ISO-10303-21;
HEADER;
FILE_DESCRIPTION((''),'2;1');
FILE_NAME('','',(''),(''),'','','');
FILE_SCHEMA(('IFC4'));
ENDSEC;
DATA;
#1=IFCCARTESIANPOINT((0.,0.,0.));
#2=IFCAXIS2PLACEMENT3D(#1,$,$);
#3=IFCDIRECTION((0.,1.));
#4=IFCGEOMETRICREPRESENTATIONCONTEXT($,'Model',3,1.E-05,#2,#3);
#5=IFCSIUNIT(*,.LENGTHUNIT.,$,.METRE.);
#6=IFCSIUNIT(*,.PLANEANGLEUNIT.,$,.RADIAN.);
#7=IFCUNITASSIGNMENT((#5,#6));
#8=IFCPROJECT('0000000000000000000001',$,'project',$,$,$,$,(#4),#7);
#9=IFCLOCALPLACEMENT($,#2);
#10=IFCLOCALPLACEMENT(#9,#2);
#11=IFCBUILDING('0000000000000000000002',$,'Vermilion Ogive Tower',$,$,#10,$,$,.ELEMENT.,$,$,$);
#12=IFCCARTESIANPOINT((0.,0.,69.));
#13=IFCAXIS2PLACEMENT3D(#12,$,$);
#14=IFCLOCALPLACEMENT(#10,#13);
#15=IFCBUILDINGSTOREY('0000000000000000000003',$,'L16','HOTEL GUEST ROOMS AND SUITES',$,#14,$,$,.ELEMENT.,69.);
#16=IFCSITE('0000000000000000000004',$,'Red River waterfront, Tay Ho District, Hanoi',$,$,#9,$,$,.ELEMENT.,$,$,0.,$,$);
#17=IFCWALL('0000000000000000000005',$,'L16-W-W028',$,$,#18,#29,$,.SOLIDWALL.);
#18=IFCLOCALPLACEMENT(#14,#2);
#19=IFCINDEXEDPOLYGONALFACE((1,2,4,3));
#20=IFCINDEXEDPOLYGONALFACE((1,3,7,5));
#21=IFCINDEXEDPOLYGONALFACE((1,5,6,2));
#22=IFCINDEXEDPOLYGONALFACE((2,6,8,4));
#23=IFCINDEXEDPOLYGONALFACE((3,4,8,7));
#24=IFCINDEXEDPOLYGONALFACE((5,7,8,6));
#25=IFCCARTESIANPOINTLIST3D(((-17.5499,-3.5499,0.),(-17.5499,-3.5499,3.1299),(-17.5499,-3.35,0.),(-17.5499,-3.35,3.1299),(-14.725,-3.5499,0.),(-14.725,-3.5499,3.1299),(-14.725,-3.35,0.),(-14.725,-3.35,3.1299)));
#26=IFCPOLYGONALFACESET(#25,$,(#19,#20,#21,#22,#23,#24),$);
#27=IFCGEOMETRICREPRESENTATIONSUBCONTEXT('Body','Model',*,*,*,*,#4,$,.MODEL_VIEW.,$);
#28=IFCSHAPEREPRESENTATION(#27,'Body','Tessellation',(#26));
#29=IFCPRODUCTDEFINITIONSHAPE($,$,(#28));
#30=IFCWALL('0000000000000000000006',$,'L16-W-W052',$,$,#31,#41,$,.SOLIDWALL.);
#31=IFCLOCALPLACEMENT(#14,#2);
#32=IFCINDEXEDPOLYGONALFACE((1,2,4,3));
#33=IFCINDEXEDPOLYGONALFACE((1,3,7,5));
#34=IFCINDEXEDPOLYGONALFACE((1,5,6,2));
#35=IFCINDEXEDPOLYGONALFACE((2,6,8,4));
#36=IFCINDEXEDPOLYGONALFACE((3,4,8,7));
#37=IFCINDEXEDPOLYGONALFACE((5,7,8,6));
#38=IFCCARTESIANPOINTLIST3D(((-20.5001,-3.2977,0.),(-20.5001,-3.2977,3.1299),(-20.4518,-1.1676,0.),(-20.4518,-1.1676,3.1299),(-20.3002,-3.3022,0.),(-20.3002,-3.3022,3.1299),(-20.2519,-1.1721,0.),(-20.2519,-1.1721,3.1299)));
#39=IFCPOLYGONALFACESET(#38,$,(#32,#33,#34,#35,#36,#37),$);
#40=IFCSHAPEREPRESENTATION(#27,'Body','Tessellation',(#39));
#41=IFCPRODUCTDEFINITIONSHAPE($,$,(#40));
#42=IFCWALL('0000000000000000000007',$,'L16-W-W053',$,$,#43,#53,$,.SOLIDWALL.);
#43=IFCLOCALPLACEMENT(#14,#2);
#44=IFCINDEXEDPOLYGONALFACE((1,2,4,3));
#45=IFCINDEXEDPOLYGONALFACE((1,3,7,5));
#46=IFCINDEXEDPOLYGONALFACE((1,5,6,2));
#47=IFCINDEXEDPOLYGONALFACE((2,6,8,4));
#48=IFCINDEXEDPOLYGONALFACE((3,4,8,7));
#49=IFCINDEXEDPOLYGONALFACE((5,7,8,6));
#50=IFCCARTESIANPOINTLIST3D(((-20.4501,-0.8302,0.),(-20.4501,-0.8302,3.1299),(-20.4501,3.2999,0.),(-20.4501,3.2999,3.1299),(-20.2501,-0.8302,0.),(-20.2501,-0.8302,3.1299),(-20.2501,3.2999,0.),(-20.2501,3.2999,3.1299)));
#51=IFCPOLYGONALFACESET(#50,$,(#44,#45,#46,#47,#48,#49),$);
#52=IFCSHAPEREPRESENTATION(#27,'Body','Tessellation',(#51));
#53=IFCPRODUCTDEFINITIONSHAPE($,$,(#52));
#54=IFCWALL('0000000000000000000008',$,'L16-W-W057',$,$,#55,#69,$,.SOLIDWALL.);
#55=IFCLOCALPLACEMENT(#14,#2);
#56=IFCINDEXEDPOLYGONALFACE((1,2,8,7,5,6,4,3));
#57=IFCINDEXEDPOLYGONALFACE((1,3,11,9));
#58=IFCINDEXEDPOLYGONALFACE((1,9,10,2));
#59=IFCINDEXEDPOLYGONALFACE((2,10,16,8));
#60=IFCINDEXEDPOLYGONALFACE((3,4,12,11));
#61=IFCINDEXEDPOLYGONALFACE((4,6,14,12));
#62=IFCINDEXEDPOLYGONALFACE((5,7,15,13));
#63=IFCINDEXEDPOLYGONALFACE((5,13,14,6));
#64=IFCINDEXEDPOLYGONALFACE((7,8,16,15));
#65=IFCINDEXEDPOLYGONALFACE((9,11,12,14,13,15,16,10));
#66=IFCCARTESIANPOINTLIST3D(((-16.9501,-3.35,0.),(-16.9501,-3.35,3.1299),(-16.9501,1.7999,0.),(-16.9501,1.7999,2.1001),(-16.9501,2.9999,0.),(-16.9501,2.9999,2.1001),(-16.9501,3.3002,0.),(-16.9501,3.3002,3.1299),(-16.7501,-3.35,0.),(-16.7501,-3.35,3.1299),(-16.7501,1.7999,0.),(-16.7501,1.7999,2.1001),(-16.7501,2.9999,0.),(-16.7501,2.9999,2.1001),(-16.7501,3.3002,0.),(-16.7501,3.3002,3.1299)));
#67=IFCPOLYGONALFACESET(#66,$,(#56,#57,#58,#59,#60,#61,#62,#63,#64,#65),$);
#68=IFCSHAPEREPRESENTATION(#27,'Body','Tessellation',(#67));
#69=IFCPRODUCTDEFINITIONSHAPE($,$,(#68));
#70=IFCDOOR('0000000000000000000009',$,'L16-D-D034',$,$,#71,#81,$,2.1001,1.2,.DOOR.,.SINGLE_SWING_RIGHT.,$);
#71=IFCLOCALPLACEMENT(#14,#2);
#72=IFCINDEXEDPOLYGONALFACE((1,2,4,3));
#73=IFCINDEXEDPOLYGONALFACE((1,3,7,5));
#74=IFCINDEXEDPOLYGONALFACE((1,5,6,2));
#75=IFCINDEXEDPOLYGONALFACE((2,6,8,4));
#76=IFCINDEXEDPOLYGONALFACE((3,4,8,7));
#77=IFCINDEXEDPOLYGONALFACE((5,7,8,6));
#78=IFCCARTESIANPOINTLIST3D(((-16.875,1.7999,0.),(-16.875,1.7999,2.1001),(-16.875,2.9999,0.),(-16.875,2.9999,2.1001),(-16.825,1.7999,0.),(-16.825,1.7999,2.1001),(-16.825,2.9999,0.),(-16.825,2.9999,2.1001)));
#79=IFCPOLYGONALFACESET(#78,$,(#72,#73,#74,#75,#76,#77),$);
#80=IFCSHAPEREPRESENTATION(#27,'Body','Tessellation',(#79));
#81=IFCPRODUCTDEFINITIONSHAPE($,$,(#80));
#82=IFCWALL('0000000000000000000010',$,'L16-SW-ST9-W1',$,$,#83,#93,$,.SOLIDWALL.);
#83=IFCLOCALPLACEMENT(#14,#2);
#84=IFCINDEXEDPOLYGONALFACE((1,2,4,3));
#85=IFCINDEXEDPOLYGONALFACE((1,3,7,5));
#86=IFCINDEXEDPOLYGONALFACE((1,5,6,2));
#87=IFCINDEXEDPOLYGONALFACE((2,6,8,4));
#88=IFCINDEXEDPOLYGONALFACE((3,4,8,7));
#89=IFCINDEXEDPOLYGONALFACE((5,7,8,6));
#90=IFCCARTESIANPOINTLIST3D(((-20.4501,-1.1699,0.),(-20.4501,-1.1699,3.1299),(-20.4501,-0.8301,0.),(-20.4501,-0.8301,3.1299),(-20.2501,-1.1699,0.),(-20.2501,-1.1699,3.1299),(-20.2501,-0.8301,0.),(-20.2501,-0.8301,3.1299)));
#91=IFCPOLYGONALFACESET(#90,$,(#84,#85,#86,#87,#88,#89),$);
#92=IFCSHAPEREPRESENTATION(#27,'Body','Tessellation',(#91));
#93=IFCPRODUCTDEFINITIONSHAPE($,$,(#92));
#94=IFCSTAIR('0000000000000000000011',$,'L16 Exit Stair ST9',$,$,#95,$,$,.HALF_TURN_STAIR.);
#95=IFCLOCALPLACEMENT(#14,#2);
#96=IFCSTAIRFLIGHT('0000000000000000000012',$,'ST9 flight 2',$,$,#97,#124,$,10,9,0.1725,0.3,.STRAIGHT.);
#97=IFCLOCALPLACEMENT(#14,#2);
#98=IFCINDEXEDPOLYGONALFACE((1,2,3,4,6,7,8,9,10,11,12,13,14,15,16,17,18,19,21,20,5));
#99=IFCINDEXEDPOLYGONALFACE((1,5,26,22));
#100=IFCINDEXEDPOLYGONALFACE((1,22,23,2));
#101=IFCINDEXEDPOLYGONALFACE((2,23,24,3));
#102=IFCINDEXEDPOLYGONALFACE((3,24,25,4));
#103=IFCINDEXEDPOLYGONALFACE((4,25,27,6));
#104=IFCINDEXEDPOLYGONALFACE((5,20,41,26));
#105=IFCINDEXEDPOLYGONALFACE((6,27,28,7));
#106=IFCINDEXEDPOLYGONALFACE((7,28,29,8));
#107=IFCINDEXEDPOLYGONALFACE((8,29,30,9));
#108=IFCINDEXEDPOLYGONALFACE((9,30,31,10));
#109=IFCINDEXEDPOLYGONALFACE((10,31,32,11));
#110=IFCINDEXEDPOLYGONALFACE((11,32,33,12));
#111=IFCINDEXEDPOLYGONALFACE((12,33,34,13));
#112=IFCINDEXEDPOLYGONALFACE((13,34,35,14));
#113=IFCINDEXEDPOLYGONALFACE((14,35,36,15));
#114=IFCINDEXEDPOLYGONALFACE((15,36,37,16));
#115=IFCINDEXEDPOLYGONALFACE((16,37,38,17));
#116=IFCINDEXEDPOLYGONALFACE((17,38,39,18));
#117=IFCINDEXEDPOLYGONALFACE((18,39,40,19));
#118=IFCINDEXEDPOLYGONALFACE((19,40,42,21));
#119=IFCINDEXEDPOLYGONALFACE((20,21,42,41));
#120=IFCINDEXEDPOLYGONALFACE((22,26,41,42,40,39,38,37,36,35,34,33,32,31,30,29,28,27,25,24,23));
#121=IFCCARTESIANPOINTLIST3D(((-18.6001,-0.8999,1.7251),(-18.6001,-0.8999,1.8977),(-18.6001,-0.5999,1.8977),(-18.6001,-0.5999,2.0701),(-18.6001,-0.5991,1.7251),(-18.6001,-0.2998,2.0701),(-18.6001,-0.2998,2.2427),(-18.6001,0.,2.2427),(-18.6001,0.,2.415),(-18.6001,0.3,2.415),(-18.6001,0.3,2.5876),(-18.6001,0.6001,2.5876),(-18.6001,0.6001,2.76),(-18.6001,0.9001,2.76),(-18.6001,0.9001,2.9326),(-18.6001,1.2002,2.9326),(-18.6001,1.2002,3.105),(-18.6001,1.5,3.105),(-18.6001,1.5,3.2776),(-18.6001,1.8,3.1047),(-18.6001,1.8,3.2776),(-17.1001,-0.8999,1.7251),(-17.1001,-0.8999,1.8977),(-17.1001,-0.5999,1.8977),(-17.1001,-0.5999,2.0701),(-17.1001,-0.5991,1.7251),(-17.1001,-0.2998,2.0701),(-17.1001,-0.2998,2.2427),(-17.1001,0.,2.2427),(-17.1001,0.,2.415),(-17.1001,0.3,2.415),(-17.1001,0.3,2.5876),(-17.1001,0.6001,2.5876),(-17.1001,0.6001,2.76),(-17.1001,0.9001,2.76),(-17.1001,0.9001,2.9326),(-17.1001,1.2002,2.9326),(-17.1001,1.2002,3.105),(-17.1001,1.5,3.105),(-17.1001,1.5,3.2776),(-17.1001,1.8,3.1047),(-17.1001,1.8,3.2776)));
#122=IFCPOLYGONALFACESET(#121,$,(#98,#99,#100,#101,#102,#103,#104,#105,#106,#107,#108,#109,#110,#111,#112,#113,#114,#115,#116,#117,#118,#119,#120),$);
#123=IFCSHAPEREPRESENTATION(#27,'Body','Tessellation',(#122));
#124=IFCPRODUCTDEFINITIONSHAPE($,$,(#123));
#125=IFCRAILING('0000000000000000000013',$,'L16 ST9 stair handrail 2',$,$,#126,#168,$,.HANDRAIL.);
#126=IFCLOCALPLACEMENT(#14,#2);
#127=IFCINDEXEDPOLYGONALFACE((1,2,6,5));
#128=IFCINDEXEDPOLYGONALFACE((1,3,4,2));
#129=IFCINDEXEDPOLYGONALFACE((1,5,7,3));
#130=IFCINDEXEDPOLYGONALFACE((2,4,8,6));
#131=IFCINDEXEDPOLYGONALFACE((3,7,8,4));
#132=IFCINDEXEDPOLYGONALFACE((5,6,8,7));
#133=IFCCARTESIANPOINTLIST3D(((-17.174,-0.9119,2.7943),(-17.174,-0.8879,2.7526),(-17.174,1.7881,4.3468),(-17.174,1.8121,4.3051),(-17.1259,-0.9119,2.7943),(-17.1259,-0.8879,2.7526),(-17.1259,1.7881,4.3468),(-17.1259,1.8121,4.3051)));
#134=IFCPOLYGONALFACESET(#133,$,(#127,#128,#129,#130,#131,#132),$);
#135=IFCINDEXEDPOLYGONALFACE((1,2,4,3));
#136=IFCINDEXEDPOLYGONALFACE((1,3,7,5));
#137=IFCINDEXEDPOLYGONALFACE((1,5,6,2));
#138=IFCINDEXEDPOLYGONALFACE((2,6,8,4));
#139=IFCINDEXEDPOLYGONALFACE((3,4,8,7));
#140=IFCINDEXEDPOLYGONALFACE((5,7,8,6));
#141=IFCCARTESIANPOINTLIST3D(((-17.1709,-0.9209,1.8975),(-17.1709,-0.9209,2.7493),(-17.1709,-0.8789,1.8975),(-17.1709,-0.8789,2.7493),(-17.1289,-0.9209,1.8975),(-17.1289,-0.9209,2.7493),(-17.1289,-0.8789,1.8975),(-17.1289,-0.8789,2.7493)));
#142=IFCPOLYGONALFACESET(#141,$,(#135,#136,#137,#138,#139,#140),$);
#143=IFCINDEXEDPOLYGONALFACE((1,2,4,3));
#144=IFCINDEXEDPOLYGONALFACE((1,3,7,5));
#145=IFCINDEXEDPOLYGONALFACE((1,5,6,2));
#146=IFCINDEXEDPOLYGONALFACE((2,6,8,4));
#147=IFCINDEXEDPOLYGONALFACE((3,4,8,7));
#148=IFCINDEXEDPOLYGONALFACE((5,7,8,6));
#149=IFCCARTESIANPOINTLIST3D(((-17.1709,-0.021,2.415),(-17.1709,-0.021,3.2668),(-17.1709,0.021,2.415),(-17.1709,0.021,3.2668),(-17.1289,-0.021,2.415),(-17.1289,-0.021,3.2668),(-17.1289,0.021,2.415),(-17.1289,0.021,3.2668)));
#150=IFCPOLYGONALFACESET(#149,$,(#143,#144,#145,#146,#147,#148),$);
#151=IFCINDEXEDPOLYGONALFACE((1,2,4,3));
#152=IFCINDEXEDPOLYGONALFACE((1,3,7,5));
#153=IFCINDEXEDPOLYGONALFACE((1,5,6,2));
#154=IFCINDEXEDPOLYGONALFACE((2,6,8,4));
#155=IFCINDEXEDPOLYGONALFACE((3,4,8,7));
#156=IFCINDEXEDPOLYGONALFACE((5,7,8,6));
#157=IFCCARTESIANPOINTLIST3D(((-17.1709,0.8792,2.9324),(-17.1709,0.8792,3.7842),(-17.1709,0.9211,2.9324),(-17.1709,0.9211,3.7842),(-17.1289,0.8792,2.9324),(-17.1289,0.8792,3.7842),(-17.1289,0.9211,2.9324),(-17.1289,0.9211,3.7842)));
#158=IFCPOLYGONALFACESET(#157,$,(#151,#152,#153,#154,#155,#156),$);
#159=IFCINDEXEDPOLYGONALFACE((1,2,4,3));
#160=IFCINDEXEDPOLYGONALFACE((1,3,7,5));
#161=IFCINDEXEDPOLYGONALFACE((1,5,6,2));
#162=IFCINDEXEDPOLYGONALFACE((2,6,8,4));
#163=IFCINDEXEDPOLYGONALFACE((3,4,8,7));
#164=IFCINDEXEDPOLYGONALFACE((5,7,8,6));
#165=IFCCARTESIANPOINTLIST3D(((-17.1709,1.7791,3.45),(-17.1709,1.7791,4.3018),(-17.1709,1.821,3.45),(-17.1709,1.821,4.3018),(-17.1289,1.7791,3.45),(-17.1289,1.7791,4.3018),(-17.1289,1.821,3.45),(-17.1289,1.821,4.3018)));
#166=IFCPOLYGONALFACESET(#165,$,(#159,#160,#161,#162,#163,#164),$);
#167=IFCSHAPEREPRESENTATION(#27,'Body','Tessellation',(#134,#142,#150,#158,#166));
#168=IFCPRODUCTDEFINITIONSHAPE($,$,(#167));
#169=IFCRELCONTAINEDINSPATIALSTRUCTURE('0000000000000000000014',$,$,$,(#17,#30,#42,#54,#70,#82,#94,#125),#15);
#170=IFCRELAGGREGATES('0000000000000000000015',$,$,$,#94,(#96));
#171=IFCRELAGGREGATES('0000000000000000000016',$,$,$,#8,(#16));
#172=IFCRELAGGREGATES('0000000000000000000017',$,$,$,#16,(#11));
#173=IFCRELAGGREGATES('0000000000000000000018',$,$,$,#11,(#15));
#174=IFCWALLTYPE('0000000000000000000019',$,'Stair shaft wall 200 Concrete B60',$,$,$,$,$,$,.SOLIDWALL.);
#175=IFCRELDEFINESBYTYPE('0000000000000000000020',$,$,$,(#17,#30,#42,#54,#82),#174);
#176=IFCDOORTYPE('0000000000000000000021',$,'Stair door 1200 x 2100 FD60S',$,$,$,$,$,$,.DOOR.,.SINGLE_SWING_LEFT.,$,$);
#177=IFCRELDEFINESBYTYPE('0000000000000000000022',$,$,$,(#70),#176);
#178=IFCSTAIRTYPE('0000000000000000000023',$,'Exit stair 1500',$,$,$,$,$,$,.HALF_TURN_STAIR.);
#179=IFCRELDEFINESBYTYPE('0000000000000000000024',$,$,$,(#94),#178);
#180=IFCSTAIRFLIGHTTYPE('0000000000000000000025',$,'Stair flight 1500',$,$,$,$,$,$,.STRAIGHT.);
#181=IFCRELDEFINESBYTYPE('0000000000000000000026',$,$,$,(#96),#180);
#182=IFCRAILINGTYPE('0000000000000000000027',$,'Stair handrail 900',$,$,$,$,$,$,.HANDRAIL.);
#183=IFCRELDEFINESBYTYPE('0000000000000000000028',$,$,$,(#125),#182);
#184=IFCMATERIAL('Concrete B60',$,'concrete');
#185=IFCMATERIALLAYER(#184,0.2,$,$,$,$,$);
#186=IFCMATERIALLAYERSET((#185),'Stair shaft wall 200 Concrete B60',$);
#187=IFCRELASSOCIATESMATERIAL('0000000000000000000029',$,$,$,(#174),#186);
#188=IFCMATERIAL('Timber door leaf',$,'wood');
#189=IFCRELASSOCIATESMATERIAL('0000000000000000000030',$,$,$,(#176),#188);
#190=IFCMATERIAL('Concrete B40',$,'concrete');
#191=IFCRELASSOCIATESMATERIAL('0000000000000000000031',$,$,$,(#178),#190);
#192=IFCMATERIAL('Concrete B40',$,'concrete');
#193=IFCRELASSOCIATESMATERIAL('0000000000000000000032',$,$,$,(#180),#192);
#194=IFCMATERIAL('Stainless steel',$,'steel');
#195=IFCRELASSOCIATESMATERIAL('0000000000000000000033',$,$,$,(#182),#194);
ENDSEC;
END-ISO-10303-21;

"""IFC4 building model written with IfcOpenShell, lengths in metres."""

from ifc_helpers import new_model, si_unit, direction, frame, frame_2d, origin, origin_2d, place, context, subcontext, project, spatial, polyline, rectangle, outline, extrude, material, layer, layer_set, type_object, element, fill, aggregate, save


model = new_model("IFC4")

# Units and contexts
model_context = context("Model", 3, precision=1e-05, world=origin(), true_north=direction((0.0, 1.0)))
body_context = subcontext(model_context, "Body", "Model", "MODEL_VIEW")
ifc_project = project(units=[si_unit("LENGTHUNIT", "METRE"), si_unit("PLANEANGLEUNIT", "RADIAN")], contexts=[model_context])

# Site, building, storey
site_placement = place(None, origin())
site = spatial("IfcSite", under=ifc_project, at=site_placement, Name="Red River waterfront, Tay Ho District, Hanoi", CompositionType="ELEMENT", RefElevation=0.0)
building_placement = place(site_placement, origin())
building = spatial("IfcBuilding", under=site, at=building_placement, Name="Vermilion Ogive Tower", CompositionType="ELEMENT")
storey_placement = place(building_placement, frame((0.0, 0.0, 69.0)))
storey = spatial("IfcBuildingStorey", under=building, at=storey_placement, Name="L16", Description="HOTEL GUEST ROOMS AND SUITES", CompositionType="ELEMENT", Elevation=69.0)

# Walls
ifc_material_1 = material(Name="Concrete B60", Category="concrete")
ifc_layer_1 = layer(ifc_material_1, 0.2)
ifc_layer_set_1 = layer_set([ifc_layer_1], Name="Stair shaft wall 200 Concrete B60")
wall_type_1 = type_object("IfcWallType", Name="Stair shaft wall 200 Concrete B60", PredefinedType="SOLIDWALL", material=ifc_layer_set_1)
wall_1_placement = place(storey_placement, frame((-17.55, -3.45, 0.0), z_axis=(0.0, 0.0, 1.0), x_axis=(1.0, 0.0, 0.0)))
element("IfcWall", 1, at=wall_1_placement, inside=storey, type_object=wall_type_1, Name="L16-W-W028", PredefinedType="SOLIDWALL", context=body_context, shape_type="SweptSolid", body=[
    extrude(rectangle(XDim=2.825, YDim=0.2, at=frame_2d((1.4126, 0.0))), origin(), (0.0, 0.0, 1.0), 3.1299),
])
wall_2_placement = place(storey_placement, frame((-20.4001, -3.3, 0.0), z_axis=(0.0, 0.0, 1.0), x_axis=(0.022688, 0.999743, 0.0)))
element("IfcWall", 2, at=wall_2_placement, inside=storey, type_object=wall_type_1, Name="L16-W-W052", PredefinedType="SOLIDWALL", context=body_context, shape_type="SweptSolid", body=[
    extrude(rectangle(XDim=2.1306, YDim=0.2, at=frame_2d((1.0654, 0.0))), origin(), (0.0, 0.0, 1.0), 3.1299),
])
wall_3_placement = place(storey_placement, frame((-20.3501, -0.8301, 0.0), z_axis=(0.0, 0.0, 1.0), x_axis=(0.0, 1.0, 0.0)))
element("IfcWall", 3, at=wall_3_placement, inside=storey, type_object=wall_type_1, Name="L16-W-W053", PredefinedType="SOLIDWALL", context=body_context, shape_type="SweptSolid", body=[
    extrude(rectangle(XDim=4.1301, YDim=0.2, at=frame_2d((2.0649, 0.0))), origin(), (0.0, 0.0, 1.0), 3.1299),
])

# Wall, opening, door
wall_4_placement = place(storey_placement, frame((-16.8501, -3.3501, 0.0), z_axis=(0.0, 0.0, 1.0), x_axis=(0.0, 1.0, 0.0)))
wall_4 = element("IfcWall", 4, at=wall_4_placement, inside=storey, type_object=wall_type_1, Name="L16-W-W057", PredefinedType="SOLIDWALL", context=body_context, shape_type="SweptSolid", body=[
    extrude(rectangle(XDim=6.6501, YDim=0.2, at=frame_2d((3.3252, 0.0))), origin(), (0.0, 0.0, 1.0), 3.1299),
])
opening_1_placement = place(wall_4_placement, frame((5.1499, 0.0, 0.0)))
opening_1 = element("IfcOpeningElement", 5, at=opening_1_placement, cuts=wall_4, PredefinedType="OPENING", context=body_context, shape_type="SweptSolid", body=[
    extrude(rectangle(XDim=1.2, YDim=2.1001, at=frame_2d((0.6001, 1.05))), frame((0.0, 0.1099, 0.0), z_axis=(0.0, -1.0, 0.0), x_axis=(1.0, 0.0, 0.0)), (0.0, 0.0, 1.0), 0.22),
])
ifc_material_2 = material(Name="Timber door leaf", Category="wood")
door_type_1 = type_object("IfcDoorType", Name="Stair door 1200 x 2100 FD60S", OperationType="SINGLE_SWING_LEFT", PredefinedType="DOOR", material=ifc_material_2)
door_1_placement = place(opening_1_placement, origin())
door_1 = element("IfcDoor", 6, at=door_1_placement, inside=storey, type_object=door_type_1, Name="L16-D-D034", OperationType="SINGLE_SWING_RIGHT", OverallHeight=2.1001, OverallWidth=1.2, PredefinedType="DOOR", context=body_context, shape_type="SweptSolid", body=[
    extrude(rectangle(XDim=1.2, YDim=2.1001, at=frame_2d((0.6001, 1.05))), frame((0.0, 0.0249, 0.0), z_axis=(0.0, -1.0, 0.0), x_axis=(1.0, 0.0, 0.0)), (0.0, 0.0, 1.0), 0.05),
])
fill(opening_1, door_1)

# Wall
wall_5_placement = place(storey_placement, frame((-20.3501, -1.1699, 0.0), z_axis=(0.0, 0.0, 1.0), x_axis=(0.0, 1.0, 0.0)))
element("IfcWall", 7, at=wall_5_placement, inside=storey, type_object=wall_type_1, Name="L16-SW-ST9-W1", PredefinedType="SOLIDWALL", context=body_context, shape_type="SweptSolid", body=[
    extrude(rectangle(XDim=0.3398, YDim=0.2, at=frame_2d((0.1699, 0.0))), origin(), (0.0, 0.0, 1.0), 3.1299),
])

# Stair, stair flight
ifc_material_3 = material(Name="Concrete B40", Category="concrete")
stair_type = type_object("IfcStairType", Name="Exit stair 1500", PredefinedType="HALF_TURN_STAIR", material=ifc_material_3)
stair_placement = place(storey_placement, origin())
stair = element("IfcStair", 8, at=stair_placement, inside=storey, type_object=stair_type, Name="L16 Exit Stair ST9", PredefinedType="HALF_TURN_STAIR")
ifc_material_4 = material(Name="Concrete B40", Category="concrete")
stair_flight_type = type_object("IfcStairFlightType", Name="Stair flight 1500", PredefinedType="STRAIGHT", material=ifc_material_4)
stair_flight_placement = place(storey_placement, frame((-17.8501, -0.8999, 1.7251), z_axis=(0.0, 0.0, 1.0), x_axis=(0.0, 1.0, 0.0)))
stair_flight = element("IfcStairFlight", 9, at=stair_flight_placement, type_object=stair_flight_type, Name="ST9 flight 2", NumberOfRisers=10, NumberOfTreads=9, PredefinedType="STRAIGHT", RiserHeight=0.1725, TreadLength=0.3, context=body_context, shape_type="SweptSolid", body=[
    extrude(outline(polyline([(0.0, 0.0), (0.0, 0.1726), (0.3, 0.1726), (0.3, 0.345), (0.6001, 0.345), (0.6001, 0.5176), (0.8999, 0.5176), (0.8999, 0.6899), (1.2, 0.6899), (1.2, 0.8625), (1.5, 0.8625), (1.5, 1.0349), (1.8, 1.0349), (1.8, 1.2075), (2.1001, 1.2075), (2.1001, 1.3799), (2.3999, 1.3799), (2.3999, 1.5525), (2.7, 1.5525), (2.7, 1.7251), (2.7, 1.3796), (0.3008, 0.0), (0.0, 0.0)])), frame((0.0, 0.75, 0.0), z_axis=(0.0, -1.0, 0.0), x_axis=(1.0, 0.0, 0.0)), (0.0, 0.0, 1.0), 1.5),
])
aggregate(stair, [stair_flight])

# Railing
ifc_material_5 = material(Name="Stainless steel", Category="steel")
railing_type = type_object("IfcRailingType", Name="Stair handrail 900", PredefinedType="HANDRAIL", material=ifc_material_5)
railing_placement = place(storey_placement, frame((-17.1499, -0.8999, 1.8975)))
element("IfcRailing", 10, at=railing_placement, inside=storey, type_object=railing_type, Name="L16 ST9 stair handrail 2", PredefinedType="HANDRAIL", context=body_context, shape_type="SweptSolid", body=[
    extrude(rectangle(XDim=0.0481, YDim=0.0481, at=origin_2d()), frame((0.0, 0.0, 0.876), z_axis=(0.0, 0.866904, 0.498476), x_axis=(-1.0, 0.0, 0.0)), (0.0, 0.0, 1.0), 3.1145),
    extrude(rectangle(XDim=0.042, YDim=0.042, at=origin_2d()), origin(), (0.0, 0.0, 1.0), 0.8518),
    extrude(rectangle(XDim=0.042, YDim=0.042, at=origin_2d()), frame((0.0, 0.8999, 0.5176)), (0.0, 0.0, 1.0), 0.8518),
    extrude(rectangle(XDim=0.042, YDim=0.042, at=origin_2d()), frame((0.0, 1.8, 1.0349)), (0.0, 0.0, 1.0), 0.8518),
    extrude(rectangle(XDim=0.042, YDim=0.042, at=origin_2d()), frame((0.0, 2.7, 1.5525)), (0.0, 0.0, 1.0), 0.8518),
])

save(model, "model.ifc")
